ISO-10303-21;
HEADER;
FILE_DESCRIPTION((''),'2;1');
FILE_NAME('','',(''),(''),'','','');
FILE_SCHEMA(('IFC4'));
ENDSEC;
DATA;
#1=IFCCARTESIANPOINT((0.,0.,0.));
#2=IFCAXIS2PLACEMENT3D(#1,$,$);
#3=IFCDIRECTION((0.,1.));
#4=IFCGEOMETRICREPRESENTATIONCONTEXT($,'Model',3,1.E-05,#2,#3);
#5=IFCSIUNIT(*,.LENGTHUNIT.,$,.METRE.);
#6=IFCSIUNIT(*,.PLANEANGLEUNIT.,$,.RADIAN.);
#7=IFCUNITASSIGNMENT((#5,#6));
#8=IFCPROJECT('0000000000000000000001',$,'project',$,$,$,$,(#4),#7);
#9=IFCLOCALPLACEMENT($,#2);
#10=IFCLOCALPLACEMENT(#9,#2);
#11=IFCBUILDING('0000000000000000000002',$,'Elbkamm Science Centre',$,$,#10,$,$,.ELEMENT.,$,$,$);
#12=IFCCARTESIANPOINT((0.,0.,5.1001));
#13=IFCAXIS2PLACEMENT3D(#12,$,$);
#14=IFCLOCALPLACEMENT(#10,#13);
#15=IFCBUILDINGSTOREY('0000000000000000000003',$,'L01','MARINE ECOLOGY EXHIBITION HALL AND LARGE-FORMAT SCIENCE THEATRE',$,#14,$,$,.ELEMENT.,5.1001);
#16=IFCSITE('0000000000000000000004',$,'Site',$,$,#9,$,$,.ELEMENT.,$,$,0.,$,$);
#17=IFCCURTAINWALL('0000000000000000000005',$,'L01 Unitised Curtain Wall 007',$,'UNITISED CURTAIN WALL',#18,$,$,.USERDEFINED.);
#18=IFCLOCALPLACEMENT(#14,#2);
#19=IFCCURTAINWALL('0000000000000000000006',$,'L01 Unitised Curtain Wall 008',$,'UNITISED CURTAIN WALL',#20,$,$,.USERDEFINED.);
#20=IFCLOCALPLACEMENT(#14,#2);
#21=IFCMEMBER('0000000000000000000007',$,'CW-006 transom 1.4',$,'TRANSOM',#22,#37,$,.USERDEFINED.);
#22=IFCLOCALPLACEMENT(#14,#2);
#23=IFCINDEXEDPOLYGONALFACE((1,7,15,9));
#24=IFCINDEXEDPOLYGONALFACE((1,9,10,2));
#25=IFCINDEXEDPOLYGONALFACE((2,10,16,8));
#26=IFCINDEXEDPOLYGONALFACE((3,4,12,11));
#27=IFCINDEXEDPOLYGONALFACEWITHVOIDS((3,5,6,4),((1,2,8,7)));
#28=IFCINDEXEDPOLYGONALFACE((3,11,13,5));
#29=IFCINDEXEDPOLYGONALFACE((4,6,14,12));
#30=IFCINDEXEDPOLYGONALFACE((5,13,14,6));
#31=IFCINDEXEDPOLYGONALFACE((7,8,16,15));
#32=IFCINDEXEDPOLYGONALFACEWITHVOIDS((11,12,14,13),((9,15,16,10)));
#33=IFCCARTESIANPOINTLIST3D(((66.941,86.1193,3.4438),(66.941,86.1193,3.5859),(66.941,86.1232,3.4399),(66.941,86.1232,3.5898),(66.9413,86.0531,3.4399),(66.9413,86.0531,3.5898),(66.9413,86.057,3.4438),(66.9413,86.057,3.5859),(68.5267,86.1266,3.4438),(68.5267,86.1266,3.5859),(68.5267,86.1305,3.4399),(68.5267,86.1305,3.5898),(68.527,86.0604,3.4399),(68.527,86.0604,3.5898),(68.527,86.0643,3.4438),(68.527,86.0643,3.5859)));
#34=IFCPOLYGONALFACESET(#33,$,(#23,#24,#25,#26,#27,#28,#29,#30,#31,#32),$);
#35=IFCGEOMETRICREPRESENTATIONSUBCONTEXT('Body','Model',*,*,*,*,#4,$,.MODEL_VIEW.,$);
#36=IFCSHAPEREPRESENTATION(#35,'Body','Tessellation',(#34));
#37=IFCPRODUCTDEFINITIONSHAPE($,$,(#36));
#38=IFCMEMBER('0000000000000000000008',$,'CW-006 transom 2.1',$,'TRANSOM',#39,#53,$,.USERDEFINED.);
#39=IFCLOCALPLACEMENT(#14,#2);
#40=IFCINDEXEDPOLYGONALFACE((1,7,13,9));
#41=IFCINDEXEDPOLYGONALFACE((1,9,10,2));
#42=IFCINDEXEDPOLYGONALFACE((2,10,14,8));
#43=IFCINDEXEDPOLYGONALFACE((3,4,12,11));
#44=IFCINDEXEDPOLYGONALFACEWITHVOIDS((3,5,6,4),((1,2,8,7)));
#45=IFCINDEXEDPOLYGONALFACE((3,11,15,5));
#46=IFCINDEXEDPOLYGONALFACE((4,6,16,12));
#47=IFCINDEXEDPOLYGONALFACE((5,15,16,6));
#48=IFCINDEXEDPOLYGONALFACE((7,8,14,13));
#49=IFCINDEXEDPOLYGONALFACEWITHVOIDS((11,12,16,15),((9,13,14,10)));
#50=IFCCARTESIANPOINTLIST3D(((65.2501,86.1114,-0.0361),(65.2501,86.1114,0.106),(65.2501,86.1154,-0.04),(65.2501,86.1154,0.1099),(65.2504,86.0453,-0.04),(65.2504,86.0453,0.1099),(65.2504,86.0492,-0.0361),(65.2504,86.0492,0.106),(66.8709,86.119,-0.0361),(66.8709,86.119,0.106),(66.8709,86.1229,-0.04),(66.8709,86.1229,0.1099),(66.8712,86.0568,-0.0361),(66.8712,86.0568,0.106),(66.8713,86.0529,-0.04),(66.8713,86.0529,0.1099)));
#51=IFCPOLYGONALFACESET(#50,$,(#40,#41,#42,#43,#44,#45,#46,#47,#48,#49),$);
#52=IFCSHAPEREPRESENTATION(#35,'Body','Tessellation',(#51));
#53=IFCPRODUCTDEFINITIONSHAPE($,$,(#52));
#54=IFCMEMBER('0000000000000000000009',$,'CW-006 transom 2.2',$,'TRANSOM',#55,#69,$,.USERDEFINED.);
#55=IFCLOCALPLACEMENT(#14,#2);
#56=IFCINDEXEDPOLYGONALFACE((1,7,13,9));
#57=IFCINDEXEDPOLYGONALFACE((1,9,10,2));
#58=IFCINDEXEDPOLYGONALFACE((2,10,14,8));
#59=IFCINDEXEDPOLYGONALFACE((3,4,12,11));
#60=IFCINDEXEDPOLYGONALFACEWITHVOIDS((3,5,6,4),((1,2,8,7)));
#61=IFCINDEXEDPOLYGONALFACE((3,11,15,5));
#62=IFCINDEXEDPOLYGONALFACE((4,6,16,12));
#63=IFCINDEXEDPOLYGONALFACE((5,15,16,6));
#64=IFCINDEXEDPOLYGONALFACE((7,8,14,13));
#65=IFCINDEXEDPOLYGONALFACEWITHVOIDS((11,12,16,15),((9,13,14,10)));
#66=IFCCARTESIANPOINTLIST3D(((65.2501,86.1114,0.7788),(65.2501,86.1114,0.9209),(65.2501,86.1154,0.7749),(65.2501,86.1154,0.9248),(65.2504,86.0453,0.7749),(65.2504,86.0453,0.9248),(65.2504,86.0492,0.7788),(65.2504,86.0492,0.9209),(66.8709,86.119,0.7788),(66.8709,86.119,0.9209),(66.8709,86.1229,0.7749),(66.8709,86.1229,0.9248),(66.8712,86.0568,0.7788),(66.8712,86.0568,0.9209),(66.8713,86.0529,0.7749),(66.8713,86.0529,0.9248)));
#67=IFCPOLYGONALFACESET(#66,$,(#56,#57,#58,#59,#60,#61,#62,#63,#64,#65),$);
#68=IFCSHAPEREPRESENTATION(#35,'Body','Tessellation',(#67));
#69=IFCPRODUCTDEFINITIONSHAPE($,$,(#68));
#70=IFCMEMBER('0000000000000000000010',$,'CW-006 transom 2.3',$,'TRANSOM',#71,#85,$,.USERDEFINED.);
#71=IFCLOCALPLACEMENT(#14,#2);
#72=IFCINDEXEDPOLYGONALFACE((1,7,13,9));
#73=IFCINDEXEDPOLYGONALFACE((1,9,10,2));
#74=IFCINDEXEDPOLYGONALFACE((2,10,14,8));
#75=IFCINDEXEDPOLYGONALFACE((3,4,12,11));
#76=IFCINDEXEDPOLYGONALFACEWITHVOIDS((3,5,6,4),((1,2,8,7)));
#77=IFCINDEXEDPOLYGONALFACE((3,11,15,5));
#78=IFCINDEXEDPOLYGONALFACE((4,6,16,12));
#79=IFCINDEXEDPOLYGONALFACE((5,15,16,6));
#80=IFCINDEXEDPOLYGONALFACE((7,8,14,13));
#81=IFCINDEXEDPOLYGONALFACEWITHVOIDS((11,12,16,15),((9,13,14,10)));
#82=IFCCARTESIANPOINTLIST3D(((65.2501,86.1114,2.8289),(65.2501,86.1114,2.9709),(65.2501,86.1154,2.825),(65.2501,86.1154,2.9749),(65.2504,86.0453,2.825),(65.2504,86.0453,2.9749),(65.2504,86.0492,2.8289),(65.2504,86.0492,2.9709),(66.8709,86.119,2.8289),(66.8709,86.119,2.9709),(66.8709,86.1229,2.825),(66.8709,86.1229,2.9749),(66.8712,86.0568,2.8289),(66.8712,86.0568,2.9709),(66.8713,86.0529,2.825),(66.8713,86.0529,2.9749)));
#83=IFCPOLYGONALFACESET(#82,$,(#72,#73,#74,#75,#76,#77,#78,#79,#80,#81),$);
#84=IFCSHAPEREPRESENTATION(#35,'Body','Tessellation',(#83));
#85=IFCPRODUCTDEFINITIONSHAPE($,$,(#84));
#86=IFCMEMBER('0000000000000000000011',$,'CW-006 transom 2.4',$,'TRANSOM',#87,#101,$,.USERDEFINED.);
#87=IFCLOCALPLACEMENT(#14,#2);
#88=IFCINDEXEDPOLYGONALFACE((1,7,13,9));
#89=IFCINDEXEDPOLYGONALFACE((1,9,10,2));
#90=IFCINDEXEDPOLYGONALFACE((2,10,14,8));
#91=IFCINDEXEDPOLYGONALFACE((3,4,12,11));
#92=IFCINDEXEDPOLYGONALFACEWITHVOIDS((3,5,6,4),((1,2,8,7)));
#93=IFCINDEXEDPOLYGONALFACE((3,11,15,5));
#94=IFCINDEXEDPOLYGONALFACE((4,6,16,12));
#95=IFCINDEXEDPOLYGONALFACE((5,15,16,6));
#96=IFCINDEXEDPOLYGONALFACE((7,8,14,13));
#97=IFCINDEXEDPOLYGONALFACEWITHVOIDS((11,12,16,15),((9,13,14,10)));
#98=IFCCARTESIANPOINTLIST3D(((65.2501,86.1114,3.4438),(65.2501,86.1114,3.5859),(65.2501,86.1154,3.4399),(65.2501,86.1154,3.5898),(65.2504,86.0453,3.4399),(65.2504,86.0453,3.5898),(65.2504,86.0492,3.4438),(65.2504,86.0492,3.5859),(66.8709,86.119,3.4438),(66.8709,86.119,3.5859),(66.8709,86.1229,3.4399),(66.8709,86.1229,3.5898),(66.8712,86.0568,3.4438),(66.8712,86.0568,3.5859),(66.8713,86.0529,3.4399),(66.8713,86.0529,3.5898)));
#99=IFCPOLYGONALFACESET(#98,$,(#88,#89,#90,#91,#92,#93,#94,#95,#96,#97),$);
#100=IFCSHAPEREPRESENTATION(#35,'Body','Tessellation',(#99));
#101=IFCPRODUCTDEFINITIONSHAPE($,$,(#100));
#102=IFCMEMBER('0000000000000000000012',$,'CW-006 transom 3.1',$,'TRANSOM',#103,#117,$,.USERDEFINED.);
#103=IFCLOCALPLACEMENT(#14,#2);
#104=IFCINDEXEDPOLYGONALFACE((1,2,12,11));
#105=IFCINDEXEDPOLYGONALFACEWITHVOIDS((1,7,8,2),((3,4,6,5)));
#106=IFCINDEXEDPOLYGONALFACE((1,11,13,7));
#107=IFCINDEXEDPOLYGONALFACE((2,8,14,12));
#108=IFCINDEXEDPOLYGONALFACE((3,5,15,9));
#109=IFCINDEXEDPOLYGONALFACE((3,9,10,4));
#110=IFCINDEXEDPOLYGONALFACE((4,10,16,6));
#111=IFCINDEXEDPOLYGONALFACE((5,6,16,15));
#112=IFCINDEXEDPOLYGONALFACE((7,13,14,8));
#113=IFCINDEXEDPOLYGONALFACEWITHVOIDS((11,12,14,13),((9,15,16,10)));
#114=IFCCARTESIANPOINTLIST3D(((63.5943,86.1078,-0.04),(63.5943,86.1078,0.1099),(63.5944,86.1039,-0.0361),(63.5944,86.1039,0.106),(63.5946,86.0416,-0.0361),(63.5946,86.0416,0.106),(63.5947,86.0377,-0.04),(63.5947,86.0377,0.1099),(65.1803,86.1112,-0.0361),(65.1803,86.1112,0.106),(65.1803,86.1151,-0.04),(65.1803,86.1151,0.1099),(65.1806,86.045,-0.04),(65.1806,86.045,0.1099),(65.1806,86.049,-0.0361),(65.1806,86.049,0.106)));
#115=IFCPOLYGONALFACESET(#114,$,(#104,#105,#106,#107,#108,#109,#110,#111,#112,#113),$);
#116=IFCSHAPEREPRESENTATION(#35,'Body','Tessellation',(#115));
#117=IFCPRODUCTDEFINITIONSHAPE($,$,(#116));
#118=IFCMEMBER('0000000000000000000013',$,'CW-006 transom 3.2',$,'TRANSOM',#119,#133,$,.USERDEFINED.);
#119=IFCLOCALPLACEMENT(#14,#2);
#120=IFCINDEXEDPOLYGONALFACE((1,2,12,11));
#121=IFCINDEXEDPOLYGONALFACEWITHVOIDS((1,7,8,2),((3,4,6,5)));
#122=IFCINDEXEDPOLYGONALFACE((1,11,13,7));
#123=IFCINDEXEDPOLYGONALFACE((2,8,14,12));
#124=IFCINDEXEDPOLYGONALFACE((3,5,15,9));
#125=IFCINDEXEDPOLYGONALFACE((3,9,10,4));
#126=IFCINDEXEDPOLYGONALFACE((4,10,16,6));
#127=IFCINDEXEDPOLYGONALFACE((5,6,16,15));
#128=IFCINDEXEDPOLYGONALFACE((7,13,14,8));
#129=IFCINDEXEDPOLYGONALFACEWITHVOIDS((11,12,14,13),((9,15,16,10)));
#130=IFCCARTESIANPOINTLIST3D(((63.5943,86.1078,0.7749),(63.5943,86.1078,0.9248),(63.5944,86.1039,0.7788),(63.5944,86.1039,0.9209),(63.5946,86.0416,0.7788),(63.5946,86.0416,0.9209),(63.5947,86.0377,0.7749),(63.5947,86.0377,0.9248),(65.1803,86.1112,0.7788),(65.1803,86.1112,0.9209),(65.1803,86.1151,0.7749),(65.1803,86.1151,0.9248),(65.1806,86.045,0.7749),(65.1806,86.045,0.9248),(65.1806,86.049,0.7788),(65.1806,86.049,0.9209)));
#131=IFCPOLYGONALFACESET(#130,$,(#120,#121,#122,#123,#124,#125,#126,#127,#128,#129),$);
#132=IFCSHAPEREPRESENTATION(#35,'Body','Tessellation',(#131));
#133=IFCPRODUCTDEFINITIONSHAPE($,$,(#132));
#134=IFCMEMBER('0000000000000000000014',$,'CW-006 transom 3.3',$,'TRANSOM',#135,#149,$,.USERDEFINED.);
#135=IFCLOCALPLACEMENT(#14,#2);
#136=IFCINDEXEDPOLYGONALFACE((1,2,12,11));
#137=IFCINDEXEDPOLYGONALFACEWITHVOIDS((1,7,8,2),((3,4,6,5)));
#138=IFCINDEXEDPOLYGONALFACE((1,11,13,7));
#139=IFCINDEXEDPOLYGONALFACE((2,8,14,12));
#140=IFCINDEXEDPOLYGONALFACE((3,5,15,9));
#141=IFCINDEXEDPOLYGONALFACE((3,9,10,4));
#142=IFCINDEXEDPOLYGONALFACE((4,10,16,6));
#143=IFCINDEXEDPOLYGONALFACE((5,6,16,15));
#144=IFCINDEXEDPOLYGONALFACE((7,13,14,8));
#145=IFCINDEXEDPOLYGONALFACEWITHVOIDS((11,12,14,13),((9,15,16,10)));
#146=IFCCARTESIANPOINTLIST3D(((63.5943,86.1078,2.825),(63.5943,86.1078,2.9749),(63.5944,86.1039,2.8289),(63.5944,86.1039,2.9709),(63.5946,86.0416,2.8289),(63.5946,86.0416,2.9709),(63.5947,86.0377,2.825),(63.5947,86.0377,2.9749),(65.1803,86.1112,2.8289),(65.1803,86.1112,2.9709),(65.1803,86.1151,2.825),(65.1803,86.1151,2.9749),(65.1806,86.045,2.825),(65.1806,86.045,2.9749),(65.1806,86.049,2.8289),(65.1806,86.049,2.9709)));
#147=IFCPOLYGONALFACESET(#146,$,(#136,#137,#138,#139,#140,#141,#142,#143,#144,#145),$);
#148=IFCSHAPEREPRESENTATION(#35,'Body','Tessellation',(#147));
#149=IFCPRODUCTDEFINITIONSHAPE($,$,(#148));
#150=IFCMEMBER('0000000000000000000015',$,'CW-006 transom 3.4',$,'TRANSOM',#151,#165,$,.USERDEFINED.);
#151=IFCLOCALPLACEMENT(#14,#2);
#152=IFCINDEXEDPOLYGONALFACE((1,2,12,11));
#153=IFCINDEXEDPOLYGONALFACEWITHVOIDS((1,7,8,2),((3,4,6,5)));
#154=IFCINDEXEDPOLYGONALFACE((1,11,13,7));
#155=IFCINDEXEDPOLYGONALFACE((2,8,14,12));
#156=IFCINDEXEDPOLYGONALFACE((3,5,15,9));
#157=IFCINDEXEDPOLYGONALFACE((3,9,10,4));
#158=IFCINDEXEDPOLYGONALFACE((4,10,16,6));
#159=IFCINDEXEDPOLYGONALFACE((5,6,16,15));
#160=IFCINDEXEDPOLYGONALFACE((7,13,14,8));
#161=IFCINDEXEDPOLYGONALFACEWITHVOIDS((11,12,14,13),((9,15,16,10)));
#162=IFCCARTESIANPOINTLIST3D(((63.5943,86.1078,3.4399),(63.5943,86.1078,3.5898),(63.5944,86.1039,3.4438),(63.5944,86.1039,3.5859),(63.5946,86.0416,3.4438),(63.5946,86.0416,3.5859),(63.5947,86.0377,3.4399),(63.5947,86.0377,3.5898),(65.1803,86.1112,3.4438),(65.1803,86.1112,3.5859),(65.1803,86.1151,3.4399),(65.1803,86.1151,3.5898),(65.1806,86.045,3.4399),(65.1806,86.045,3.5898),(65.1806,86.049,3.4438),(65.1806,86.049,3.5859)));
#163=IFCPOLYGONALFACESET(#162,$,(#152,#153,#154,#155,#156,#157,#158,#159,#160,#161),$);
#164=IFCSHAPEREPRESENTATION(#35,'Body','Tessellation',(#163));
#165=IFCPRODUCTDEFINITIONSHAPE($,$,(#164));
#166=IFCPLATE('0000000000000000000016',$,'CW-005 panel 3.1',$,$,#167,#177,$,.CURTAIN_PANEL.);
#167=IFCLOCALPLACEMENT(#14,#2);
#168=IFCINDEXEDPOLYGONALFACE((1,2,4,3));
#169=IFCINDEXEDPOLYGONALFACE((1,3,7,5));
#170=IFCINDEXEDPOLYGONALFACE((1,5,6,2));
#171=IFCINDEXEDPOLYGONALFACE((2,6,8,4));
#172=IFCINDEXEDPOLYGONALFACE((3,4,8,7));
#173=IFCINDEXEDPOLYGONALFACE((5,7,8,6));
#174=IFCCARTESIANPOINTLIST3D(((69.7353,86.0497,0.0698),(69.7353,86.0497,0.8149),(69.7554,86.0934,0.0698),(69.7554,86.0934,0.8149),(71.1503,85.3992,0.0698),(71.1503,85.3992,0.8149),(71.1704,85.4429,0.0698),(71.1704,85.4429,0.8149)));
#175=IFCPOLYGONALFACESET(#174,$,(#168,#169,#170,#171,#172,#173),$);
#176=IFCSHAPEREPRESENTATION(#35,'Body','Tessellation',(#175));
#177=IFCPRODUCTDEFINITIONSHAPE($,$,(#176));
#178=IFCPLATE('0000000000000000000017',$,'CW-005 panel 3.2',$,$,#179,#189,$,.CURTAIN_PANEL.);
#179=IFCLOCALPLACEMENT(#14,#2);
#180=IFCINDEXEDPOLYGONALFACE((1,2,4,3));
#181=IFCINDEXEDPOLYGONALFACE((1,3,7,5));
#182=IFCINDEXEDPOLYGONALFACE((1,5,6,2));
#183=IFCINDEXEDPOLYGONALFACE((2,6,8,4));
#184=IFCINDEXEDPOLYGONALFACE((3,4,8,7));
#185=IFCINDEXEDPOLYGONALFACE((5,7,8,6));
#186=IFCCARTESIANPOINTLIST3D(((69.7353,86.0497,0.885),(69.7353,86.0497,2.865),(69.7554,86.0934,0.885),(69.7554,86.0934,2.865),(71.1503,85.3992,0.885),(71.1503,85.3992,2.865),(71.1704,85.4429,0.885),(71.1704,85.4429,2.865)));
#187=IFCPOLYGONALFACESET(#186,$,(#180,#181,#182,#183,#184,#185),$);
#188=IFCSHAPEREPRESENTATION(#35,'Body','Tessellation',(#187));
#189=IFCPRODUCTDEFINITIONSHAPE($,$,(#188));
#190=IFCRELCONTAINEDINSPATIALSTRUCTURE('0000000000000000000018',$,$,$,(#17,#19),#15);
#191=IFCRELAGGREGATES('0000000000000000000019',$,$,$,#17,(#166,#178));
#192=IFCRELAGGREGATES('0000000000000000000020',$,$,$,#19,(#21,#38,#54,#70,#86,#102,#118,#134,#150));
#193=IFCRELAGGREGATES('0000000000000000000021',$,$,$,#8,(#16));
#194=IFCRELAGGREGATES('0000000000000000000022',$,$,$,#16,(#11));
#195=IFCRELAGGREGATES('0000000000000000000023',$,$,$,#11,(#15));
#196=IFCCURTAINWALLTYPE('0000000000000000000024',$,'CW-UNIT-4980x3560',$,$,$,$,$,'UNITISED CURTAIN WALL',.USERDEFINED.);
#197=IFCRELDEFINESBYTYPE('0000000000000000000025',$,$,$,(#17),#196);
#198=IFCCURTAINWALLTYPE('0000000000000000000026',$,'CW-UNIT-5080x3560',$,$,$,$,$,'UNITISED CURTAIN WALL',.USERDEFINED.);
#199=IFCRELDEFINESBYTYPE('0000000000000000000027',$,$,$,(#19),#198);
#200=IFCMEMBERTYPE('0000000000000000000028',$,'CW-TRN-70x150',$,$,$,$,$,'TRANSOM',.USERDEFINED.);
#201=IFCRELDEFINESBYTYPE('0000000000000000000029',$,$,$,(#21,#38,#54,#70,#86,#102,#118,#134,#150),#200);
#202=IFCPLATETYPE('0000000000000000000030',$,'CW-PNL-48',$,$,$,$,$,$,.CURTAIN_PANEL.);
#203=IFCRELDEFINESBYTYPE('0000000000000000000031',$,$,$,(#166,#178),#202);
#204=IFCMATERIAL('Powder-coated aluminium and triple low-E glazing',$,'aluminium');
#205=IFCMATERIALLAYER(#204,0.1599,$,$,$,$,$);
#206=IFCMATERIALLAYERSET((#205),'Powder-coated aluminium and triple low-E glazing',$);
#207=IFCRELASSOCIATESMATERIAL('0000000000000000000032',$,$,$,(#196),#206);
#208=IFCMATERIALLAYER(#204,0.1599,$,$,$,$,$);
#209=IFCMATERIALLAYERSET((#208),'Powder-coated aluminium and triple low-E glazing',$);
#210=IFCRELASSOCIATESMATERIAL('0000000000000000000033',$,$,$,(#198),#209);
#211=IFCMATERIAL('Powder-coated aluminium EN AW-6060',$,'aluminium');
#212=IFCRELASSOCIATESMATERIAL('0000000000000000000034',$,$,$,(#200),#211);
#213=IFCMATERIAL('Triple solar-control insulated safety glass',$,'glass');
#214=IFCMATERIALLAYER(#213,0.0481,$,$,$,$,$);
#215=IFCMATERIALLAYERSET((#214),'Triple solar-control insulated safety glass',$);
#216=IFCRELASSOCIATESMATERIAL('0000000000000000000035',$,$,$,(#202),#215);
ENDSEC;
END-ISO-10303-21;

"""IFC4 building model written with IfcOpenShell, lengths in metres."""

from ifc_helpers import new_model, si_unit, direction, frame, origin, origin_2d, place, context, subcontext, project, spatial, rectangle, hollow_rectangle, extrude, material, layer, layer_set, material_profile, profile_set, type_object, element, aggregate, save


model = new_model("IFC4")

# Units and contexts
model_context = context("Model", 3, precision=1e-05, world=origin(), true_north=direction((0.0, 1.0)))
body_context = subcontext(model_context, "Body", "Model", "MODEL_VIEW")
ifc_project = project(units=[si_unit("LENGTHUNIT", "METRE"), si_unit("PLANEANGLEUNIT", "RADIAN")], contexts=[model_context])

# Site, building, storey
site_placement = place(None, origin())
site = spatial("IfcSite", under=ifc_project, at=site_placement, Name="Site", CompositionType="ELEMENT", RefElevation=0.0)
building_placement = place(site_placement, origin())
building = spatial("IfcBuilding", under=site, at=building_placement, Name="Elbkamm Science Centre", CompositionType="ELEMENT")
storey_placement = place(building_placement, frame((0.0, 0.0, 5.1001)))
storey = spatial("IfcBuildingStorey", under=building, at=storey_placement, Name="L01", Description="MARINE ECOLOGY EXHIBITION HALL AND LARGE-FORMAT SCIENCE THEATRE", CompositionType="ELEMENT", Elevation=5.1001)

# Curtain wall
ifc_material_1 = material(Name="Powder-coated aluminium and triple low-E glazing", Category="aluminium")
ifc_layer_1 = layer(ifc_material_1, 0.1599)
ifc_layer_set_1 = layer_set([ifc_layer_1], Name="Powder-coated aluminium and triple low-E glazing")
curtain_wall_type_1 = type_object("IfcCurtainWallType", Name="CW-UNIT-4980x3560", ElementType="UNITISED CURTAIN WALL", PredefinedType="USERDEFINED", material=ifc_layer_set_1)
curtain_wall_1_placement = place(storey_placement, origin())
curtain_wall_1 = element("IfcCurtainWall", 1, at=curtain_wall_1_placement, inside=storey, type_object=curtain_wall_type_1, Name="L01 Unitised Curtain Wall 007", ObjectType="UNITISED CURTAIN WALL", PredefinedType="USERDEFINED")
ifc_material_2 = material(Name="Powder-coated aluminium EN AW-6060", Category="aluminium")

# Curtain wall, members
ifc_layer_2 = layer(ifc_material_1, 0.1599)
ifc_layer_set_2 = layer_set([ifc_layer_2], Name="Powder-coated aluminium and triple low-E glazing")
curtain_wall_type_2 = type_object("IfcCurtainWallType", Name="CW-UNIT-5080x3560", ElementType="UNITISED CURTAIN WALL", PredefinedType="USERDEFINED", material=ifc_layer_set_2)
curtain_wall_2_placement = place(storey_placement, origin())
curtain_wall_2 = element("IfcCurtainWall", 2, at=curtain_wall_2_placement, inside=storey, type_object=curtain_wall_type_2, Name="L01 Unitised Curtain Wall 008", ObjectType="UNITISED CURTAIN WALL", PredefinedType="USERDEFINED")
ifc_material_profile_1 = material_profile(ifc_material_2, hollow_rectangle(XDim=0.0701, YDim=0.1499, WallThickness=0.0039, at=origin_2d()), Name="ALU T70x150")
ifc_profile_set_1 = profile_set([ifc_material_profile_1], Name="Powder-coated aluminium EN AW-6060")
member_type_1 = type_object("IfcMemberType", Name="CW-TRN-70x150", ElementType="TRANSOM", PredefinedType="USERDEFINED", material=ifc_profile_set_1)
member_1_placement = place(storey_placement, frame((68.5269, 86.0955, 3.5149), z_axis=(-0.999989, -0.004619, 0.0), x_axis=(0.004619, -0.999989, 0.0)))
member_1 = element("IfcMember", 3, at=member_1_placement, type_object=member_type_1, Name="CW-006 transom 1.4", ObjectType="TRANSOM", PredefinedType="USERDEFINED", context=body_context, shape_type="SweptSolid", body=[
    extrude(hollow_rectangle(XDim=0.0701, YDim=0.1499, WallThickness=0.0039, at=origin_2d()), origin(), (0.0, 0.0, 1.0), 1.5857),
])
member_2_placement = place(storey_placement, frame((66.8711, 86.0879, 0.0349), z_axis=(-0.999989, -0.004669, 0.0), x_axis=(0.004669, -0.999989, 0.0)))
member_2 = element("IfcMember", 4, at=member_2_placement, type_object=member_type_1, Name="CW-006 transom 2.1", ObjectType="TRANSOM", PredefinedType="USERDEFINED", context=body_context, shape_type="SweptSolid", body=[
    extrude(hollow_rectangle(XDim=0.0701, YDim=0.1499, WallThickness=0.0039, at=origin_2d()), origin(), (0.0, 0.0, 1.0), 1.6208),
])
member_3_placement = place(storey_placement, frame((66.8711, 86.0879, 0.8499), z_axis=(-0.999989, -0.004669, 0.0), x_axis=(0.004669, -0.999989, 0.0)))
member_3 = element("IfcMember", 5, at=member_3_placement, type_object=member_type_1, Name="CW-006 transom 2.2", ObjectType="TRANSOM", PredefinedType="USERDEFINED", context=body_context, shape_type="SweptSolid", body=[
    extrude(hollow_rectangle(XDim=0.0701, YDim=0.1499, WallThickness=0.0039, at=origin_2d()), origin(), (0.0, 0.0, 1.0), 1.6208),
])
member_4_placement = place(storey_placement, frame((66.8711, 86.0879, 2.8999), z_axis=(-0.999989, -0.004669, 0.0), x_axis=(0.004669, -0.999989, 0.0)))
member_4 = element("IfcMember", 6, at=member_4_placement, type_object=member_type_1, Name="CW-006 transom 2.3", ObjectType="TRANSOM", PredefinedType="USERDEFINED", context=body_context, shape_type="SweptSolid", body=[
    extrude(hollow_rectangle(XDim=0.0701, YDim=0.1499, WallThickness=0.0039, at=origin_2d()), origin(), (0.0, 0.0, 1.0), 1.6208),
])
member_5_placement = place(storey_placement, frame((66.8711, 86.0879, 3.5149), z_axis=(-0.999989, -0.004669, 0.0), x_axis=(0.004669, -0.999989, 0.0)))
member_5 = element("IfcMember", 7, at=member_5_placement, type_object=member_type_1, Name="CW-006 transom 2.4", ObjectType="TRANSOM", PredefinedType="USERDEFINED", context=body_context, shape_type="SweptSolid", body=[
    extrude(hollow_rectangle(XDim=0.0701, YDim=0.1499, WallThickness=0.0039, at=origin_2d()), origin(), (0.0, 0.0, 1.0), 1.6208),
])
member_6_placement = place(storey_placement, frame((65.1804, 86.0801, 0.0349), z_axis=(-0.999989, -0.004618, 0.0), x_axis=(0.004618, -0.999989, 0.0)))
member_6 = element("IfcMember", 8, at=member_6_placement, type_object=member_type_1, Name="CW-006 transom 3.1", ObjectType="TRANSOM", PredefinedType="USERDEFINED", context=body_context, shape_type="SweptSolid", body=[
    extrude(hollow_rectangle(XDim=0.0701, YDim=0.1499, WallThickness=0.0039, at=origin_2d()), origin(), (0.0, 0.0, 1.0), 1.5859),
])
member_7_placement = place(storey_placement, frame((65.1804, 86.0801, 0.8499), z_axis=(-0.999989, -0.004618, 0.0), x_axis=(0.004618, -0.999989, 0.0)))
member_7 = element("IfcMember", 9, at=member_7_placement, type_object=member_type_1, Name="CW-006 transom 3.2", ObjectType="TRANSOM", PredefinedType="USERDEFINED", context=body_context, shape_type="SweptSolid", body=[
    extrude(hollow_rectangle(XDim=0.0701, YDim=0.1499, WallThickness=0.0039, at=origin_2d()), origin(), (0.0, 0.0, 1.0), 1.5859),
])
member_8_placement = place(storey_placement, frame((65.1804, 86.0801, 2.8999), z_axis=(-0.999989, -0.004618, 0.0), x_axis=(0.004618, -0.999989, 0.0)))
member_8 = element("IfcMember", 10, at=member_8_placement, type_object=member_type_1, Name="CW-006 transom 3.3", ObjectType="TRANSOM", PredefinedType="USERDEFINED", context=body_context, shape_type="SweptSolid", body=[
    extrude(hollow_rectangle(XDim=0.0701, YDim=0.1499, WallThickness=0.0039, at=origin_2d()), origin(), (0.0, 0.0, 1.0), 1.5859),
])
member_9_placement = place(storey_placement, frame((65.1804, 86.0801, 3.5149), z_axis=(-0.999989, -0.004618, 0.0), x_axis=(0.004618, -0.999989, 0.0)))
member_9 = element("IfcMember", 11, at=member_9_placement, type_object=member_type_1, Name="CW-006 transom 3.4", ObjectType="TRANSOM", PredefinedType="USERDEFINED", context=body_context, shape_type="SweptSolid", body=[
    extrude(hollow_rectangle(XDim=0.0701, YDim=0.1499, WallThickness=0.0039, at=origin_2d()), origin(), (0.0, 0.0, 1.0), 1.5859),
])

# Plates
ifc_material_3 = material(Name="Triple solar-control insulated safety glass", Category="glass")
ifc_layer_3 = layer(ifc_material_3, 0.0481)
ifc_layer_set_3 = layer_set([ifc_layer_3], Name="Triple solar-control insulated safety glass")
plate_type = type_object("IfcPlateType", Name="CW-PNL-48", PredefinedType="CURTAIN_PANEL", material=ifc_layer_set_3)
plate_1_placement = place(storey_placement, frame((70.4529, 85.7463, 0.0698), z_axis=(0.0, 0.0, 1.0), x_axis=(-0.908583, 0.417705, 0.0)))
plate_1 = element("IfcPlate", 12, at=plate_1_placement, type_object=plate_type, Name="CW-005 panel 3.1", PredefinedType="CURTAIN_PANEL", context=body_context, shape_type="SweptSolid", body=[
    extrude(rectangle(XDim=1.5574, YDim=0.0481, at=origin_2d()), origin(), (0.0, 0.0, 1.0), 0.7451),
])
plate_2_placement = place(storey_placement, frame((70.4529, 85.7463, 0.885), z_axis=(0.0, 0.0, 1.0), x_axis=(-0.908583, 0.417705, 0.0)))
plate_2 = element("IfcPlate", 13, at=plate_2_placement, type_object=plate_type, Name="CW-005 panel 3.2", PredefinedType="CURTAIN_PANEL", context=body_context, shape_type="SweptSolid", body=[
    extrude(rectangle(XDim=1.5574, YDim=0.0481, at=origin_2d()), origin(), (0.0, 0.0, 1.0), 1.98),
])
aggregate(curtain_wall_1, [plate_1, plate_2])
aggregate(curtain_wall_2, [member_1, member_2, member_3, member_4, member_5, member_6, member_7, member_8, member_9])

save(model, "model.ifc")
